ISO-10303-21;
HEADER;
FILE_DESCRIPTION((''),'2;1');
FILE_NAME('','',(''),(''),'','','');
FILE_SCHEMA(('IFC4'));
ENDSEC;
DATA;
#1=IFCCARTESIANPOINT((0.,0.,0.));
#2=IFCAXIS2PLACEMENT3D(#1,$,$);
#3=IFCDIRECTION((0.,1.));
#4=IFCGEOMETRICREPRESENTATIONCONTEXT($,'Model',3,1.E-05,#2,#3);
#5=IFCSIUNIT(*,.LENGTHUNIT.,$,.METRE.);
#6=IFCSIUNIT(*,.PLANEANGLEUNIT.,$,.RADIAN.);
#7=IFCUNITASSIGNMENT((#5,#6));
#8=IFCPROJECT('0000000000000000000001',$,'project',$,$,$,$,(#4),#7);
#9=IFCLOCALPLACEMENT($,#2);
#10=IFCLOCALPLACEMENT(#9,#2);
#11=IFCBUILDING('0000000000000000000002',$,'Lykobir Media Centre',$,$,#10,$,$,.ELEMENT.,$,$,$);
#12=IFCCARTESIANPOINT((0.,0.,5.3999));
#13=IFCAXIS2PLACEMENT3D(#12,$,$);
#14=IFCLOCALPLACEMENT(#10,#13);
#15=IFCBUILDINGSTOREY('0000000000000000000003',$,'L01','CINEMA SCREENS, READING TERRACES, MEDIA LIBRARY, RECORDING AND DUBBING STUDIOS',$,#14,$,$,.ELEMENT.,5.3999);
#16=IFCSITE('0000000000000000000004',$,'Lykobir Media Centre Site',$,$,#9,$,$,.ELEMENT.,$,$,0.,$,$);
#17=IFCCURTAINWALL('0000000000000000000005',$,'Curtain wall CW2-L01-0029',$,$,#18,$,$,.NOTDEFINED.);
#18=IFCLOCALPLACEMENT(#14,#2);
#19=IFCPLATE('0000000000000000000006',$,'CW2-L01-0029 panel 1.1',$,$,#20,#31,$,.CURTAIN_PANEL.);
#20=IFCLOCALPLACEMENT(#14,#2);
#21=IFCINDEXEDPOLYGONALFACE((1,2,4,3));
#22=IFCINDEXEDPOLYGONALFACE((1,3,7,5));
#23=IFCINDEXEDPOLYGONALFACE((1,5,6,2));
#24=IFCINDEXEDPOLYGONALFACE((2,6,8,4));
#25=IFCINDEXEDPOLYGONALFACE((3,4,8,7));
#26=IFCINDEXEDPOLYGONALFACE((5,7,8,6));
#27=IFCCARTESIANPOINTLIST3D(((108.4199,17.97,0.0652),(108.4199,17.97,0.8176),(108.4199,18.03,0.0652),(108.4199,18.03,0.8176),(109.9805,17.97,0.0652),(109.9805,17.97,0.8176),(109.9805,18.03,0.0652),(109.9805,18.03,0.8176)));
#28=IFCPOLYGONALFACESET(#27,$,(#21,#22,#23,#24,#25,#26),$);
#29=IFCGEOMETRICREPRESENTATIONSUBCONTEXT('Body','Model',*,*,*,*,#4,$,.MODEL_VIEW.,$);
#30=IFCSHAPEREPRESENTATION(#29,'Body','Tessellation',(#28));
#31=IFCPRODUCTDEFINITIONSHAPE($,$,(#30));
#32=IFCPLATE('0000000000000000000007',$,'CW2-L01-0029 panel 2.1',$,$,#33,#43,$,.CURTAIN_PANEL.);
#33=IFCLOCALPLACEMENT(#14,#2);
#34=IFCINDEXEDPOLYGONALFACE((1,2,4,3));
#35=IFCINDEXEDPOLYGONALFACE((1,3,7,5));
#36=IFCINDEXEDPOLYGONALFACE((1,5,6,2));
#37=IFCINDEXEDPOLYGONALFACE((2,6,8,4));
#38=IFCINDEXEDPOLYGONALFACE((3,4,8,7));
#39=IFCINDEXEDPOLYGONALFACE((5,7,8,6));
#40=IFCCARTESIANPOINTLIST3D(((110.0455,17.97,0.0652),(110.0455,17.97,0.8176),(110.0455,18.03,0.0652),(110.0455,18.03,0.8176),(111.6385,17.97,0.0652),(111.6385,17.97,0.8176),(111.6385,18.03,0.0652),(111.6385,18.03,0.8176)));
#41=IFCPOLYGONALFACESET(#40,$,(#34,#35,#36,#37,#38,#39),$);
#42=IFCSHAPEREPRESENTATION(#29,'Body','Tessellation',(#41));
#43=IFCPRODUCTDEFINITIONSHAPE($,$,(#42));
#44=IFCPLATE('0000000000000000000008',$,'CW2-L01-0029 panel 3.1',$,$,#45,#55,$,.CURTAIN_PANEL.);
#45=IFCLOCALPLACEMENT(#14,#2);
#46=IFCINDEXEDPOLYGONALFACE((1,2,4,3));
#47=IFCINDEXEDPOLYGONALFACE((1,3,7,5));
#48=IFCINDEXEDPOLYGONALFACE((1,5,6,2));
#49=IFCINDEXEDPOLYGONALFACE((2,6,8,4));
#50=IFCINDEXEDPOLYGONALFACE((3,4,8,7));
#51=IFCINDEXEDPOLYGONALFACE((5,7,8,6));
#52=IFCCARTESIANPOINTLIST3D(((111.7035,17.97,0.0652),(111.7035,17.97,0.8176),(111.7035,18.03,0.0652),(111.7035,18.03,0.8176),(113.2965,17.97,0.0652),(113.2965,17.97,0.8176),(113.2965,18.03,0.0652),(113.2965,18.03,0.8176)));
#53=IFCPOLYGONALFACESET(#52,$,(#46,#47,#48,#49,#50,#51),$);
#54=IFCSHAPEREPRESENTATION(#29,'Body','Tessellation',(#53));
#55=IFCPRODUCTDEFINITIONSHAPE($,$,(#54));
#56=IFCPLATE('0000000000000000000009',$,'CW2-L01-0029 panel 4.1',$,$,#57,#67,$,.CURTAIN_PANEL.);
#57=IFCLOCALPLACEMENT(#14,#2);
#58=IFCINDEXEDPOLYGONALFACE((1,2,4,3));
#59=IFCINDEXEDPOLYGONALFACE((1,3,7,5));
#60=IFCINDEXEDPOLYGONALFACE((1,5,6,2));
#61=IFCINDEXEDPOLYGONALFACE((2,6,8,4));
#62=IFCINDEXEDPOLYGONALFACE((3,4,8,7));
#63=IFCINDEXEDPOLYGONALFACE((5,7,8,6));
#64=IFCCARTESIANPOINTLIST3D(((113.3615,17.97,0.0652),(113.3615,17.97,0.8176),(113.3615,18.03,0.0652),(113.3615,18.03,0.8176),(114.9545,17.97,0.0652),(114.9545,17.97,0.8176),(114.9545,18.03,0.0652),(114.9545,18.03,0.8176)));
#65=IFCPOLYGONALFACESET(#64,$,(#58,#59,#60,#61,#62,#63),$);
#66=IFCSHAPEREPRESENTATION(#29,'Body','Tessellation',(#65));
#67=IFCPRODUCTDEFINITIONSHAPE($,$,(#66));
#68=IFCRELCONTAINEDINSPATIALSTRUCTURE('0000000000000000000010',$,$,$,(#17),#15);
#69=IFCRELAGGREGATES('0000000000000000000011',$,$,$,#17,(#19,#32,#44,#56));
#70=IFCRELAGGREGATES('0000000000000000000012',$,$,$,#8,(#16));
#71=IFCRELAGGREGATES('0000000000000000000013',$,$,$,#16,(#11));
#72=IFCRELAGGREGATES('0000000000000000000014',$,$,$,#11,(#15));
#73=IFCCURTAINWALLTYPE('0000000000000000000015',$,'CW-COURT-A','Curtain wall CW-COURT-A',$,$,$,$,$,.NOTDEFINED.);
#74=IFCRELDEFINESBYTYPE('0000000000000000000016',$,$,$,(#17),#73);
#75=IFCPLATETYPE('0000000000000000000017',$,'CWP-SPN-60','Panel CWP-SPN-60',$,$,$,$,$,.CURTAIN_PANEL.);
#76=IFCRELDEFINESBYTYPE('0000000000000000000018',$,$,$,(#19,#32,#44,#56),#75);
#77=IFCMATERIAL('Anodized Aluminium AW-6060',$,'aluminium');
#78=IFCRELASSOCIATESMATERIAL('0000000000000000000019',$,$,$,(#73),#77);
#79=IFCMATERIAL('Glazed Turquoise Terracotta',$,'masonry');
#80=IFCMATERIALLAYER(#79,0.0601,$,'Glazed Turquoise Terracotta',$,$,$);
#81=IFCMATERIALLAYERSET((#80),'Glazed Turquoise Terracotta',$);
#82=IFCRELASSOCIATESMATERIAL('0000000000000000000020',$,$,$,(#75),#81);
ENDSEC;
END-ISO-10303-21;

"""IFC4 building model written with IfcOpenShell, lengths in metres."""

from ifc_helpers import new_model, si_unit, direction, frame, origin, origin_2d, place, context, subcontext, project, spatial, rectangle, extrude, material, layer, layer_set, type_object, element, aggregate, save


model = new_model("IFC4")

# Units and contexts
model_context = context("Model", 3, precision=1e-05, world=origin(), true_north=direction((0.0, 1.0)))
body_context = subcontext(model_context, "Body", "Model", "MODEL_VIEW")
ifc_project = project(units=[si_unit("LENGTHUNIT", "METRE"), si_unit("PLANEANGLEUNIT", "RADIAN")], contexts=[model_context])

# Site, building, storey
site_placement = place(None, origin())
site = spatial("IfcSite", under=ifc_project, at=site_placement, Name="Lykobir Media Centre Site", CompositionType="ELEMENT", RefElevation=0.0)
building_placement = place(site_placement, origin())
building = spatial("IfcBuilding", under=site, at=building_placement, Name="Lykobir Media Centre", CompositionType="ELEMENT")
storey_placement = place(building_placement, frame((0.0, 0.0, 5.3999)))
storey = spatial("IfcBuildingStorey", under=building, at=storey_placement, Name="L01", Description="CINEMA SCREENS, READING TERRACES, MEDIA LIBRARY, RECORDING AND DUBBING STUDIOS", CompositionType="ELEMENT", Elevation=5.3999)

# Curtain wall
ifc_material_1 = material(Name="Anodized Aluminium AW-6060", Category="aluminium")
curtain_wall_type = type_object("IfcCurtainWallType", Name="CW-COURT-A", Description="Curtain wall CW-COURT-A", PredefinedType="NOTDEFINED", material=ifc_material_1)
curtain_wall_1_placement = place(storey_placement, origin())
curtain_wall_1 = element("IfcCurtainWall", 1, at=curtain_wall_1_placement, inside=storey, type_object=curtain_wall_type, Name="Curtain wall CW2-L01-0029", PredefinedType="NOTDEFINED")

# Plates
ifc_material_2 = material(Name="Glazed Turquoise Terracotta", Category="masonry")
ifc_layer_1 = layer(ifc_material_2, 0.0601, Name="Glazed Turquoise Terracotta")
ifc_layer_set_1 = layer_set([ifc_layer_1], Name="Glazed Turquoise Terracotta")
plate_type_1 = type_object("IfcPlateType", Name="CWP-SPN-60", Description="Panel CWP-SPN-60", PredefinedType="CURTAIN_PANEL", material=ifc_layer_set_1)
plate_1_placement = place(storey_placement, frame((109.2002, 18.0, 0.0652), z_axis=(0.0, 0.0, 1.0), x_axis=(1.0, 0.0, 0.0)))
plate_1 = element("IfcPlate", 2, at=plate_1_placement, type_object=plate_type_1, Name="CW2-L01-0029 panel 1.1", PredefinedType="CURTAIN_PANEL", context=body_context, shape_type="SweptSolid", body=[
    extrude(rectangle(XDim=1.5605, YDim=0.0601, at=origin_2d()), origin(), (0.0, 0.0, 1.0), 0.7524),
])
plate_2_placement = place(storey_placement, frame((110.842, 18.0, 0.0652), z_axis=(0.0, 0.0, 1.0), x_axis=(1.0, 0.0, 0.0)))
plate_2 = element("IfcPlate", 3, at=plate_2_placement, type_object=plate_type_1, Name="CW2-L01-0029 panel 2.1", PredefinedType="CURTAIN_PANEL", context=body_context, shape_type="SweptSolid", body=[
    extrude(rectangle(XDim=1.593, YDim=0.0601, at=origin_2d()), origin(), (0.0, 0.0, 1.0), 0.7524),
])
plate_3_placement = place(storey_placement, frame((112.5, 18.0, 0.0652), z_axis=(0.0, 0.0, 1.0), x_axis=(1.0, 0.0, 0.0)))
plate_3 = element("IfcPlate", 4, at=plate_3_placement, type_object=plate_type_1, Name="CW2-L01-0029 panel 3.1", PredefinedType="CURTAIN_PANEL", context=body_context, shape_type="SweptSolid", body=[
    extrude(rectangle(XDim=1.593, YDim=0.0601, at=origin_2d()), origin(), (0.0, 0.0, 1.0), 0.7524),
])
plate_4_placement = place(storey_placement, frame((114.158, 18.0, 0.0652), z_axis=(0.0, 0.0, 1.0), x_axis=(1.0, 0.0, 0.0)))
plate_4 = element("IfcPlate", 5, at=plate_4_placement, type_object=plate_type_1, Name="CW2-L01-0029 panel 4.1", PredefinedType="CURTAIN_PANEL", context=body_context, shape_type="SweptSolid", body=[
    extrude(rectangle(XDim=1.593, YDim=0.0601, at=origin_2d()), origin(), (0.0, 0.0, 1.0), 0.7524),
])
aggregate(curtain_wall_1, [plate_1, plate_2, plate_3, plate_4])

save(model, "model.ifc")
